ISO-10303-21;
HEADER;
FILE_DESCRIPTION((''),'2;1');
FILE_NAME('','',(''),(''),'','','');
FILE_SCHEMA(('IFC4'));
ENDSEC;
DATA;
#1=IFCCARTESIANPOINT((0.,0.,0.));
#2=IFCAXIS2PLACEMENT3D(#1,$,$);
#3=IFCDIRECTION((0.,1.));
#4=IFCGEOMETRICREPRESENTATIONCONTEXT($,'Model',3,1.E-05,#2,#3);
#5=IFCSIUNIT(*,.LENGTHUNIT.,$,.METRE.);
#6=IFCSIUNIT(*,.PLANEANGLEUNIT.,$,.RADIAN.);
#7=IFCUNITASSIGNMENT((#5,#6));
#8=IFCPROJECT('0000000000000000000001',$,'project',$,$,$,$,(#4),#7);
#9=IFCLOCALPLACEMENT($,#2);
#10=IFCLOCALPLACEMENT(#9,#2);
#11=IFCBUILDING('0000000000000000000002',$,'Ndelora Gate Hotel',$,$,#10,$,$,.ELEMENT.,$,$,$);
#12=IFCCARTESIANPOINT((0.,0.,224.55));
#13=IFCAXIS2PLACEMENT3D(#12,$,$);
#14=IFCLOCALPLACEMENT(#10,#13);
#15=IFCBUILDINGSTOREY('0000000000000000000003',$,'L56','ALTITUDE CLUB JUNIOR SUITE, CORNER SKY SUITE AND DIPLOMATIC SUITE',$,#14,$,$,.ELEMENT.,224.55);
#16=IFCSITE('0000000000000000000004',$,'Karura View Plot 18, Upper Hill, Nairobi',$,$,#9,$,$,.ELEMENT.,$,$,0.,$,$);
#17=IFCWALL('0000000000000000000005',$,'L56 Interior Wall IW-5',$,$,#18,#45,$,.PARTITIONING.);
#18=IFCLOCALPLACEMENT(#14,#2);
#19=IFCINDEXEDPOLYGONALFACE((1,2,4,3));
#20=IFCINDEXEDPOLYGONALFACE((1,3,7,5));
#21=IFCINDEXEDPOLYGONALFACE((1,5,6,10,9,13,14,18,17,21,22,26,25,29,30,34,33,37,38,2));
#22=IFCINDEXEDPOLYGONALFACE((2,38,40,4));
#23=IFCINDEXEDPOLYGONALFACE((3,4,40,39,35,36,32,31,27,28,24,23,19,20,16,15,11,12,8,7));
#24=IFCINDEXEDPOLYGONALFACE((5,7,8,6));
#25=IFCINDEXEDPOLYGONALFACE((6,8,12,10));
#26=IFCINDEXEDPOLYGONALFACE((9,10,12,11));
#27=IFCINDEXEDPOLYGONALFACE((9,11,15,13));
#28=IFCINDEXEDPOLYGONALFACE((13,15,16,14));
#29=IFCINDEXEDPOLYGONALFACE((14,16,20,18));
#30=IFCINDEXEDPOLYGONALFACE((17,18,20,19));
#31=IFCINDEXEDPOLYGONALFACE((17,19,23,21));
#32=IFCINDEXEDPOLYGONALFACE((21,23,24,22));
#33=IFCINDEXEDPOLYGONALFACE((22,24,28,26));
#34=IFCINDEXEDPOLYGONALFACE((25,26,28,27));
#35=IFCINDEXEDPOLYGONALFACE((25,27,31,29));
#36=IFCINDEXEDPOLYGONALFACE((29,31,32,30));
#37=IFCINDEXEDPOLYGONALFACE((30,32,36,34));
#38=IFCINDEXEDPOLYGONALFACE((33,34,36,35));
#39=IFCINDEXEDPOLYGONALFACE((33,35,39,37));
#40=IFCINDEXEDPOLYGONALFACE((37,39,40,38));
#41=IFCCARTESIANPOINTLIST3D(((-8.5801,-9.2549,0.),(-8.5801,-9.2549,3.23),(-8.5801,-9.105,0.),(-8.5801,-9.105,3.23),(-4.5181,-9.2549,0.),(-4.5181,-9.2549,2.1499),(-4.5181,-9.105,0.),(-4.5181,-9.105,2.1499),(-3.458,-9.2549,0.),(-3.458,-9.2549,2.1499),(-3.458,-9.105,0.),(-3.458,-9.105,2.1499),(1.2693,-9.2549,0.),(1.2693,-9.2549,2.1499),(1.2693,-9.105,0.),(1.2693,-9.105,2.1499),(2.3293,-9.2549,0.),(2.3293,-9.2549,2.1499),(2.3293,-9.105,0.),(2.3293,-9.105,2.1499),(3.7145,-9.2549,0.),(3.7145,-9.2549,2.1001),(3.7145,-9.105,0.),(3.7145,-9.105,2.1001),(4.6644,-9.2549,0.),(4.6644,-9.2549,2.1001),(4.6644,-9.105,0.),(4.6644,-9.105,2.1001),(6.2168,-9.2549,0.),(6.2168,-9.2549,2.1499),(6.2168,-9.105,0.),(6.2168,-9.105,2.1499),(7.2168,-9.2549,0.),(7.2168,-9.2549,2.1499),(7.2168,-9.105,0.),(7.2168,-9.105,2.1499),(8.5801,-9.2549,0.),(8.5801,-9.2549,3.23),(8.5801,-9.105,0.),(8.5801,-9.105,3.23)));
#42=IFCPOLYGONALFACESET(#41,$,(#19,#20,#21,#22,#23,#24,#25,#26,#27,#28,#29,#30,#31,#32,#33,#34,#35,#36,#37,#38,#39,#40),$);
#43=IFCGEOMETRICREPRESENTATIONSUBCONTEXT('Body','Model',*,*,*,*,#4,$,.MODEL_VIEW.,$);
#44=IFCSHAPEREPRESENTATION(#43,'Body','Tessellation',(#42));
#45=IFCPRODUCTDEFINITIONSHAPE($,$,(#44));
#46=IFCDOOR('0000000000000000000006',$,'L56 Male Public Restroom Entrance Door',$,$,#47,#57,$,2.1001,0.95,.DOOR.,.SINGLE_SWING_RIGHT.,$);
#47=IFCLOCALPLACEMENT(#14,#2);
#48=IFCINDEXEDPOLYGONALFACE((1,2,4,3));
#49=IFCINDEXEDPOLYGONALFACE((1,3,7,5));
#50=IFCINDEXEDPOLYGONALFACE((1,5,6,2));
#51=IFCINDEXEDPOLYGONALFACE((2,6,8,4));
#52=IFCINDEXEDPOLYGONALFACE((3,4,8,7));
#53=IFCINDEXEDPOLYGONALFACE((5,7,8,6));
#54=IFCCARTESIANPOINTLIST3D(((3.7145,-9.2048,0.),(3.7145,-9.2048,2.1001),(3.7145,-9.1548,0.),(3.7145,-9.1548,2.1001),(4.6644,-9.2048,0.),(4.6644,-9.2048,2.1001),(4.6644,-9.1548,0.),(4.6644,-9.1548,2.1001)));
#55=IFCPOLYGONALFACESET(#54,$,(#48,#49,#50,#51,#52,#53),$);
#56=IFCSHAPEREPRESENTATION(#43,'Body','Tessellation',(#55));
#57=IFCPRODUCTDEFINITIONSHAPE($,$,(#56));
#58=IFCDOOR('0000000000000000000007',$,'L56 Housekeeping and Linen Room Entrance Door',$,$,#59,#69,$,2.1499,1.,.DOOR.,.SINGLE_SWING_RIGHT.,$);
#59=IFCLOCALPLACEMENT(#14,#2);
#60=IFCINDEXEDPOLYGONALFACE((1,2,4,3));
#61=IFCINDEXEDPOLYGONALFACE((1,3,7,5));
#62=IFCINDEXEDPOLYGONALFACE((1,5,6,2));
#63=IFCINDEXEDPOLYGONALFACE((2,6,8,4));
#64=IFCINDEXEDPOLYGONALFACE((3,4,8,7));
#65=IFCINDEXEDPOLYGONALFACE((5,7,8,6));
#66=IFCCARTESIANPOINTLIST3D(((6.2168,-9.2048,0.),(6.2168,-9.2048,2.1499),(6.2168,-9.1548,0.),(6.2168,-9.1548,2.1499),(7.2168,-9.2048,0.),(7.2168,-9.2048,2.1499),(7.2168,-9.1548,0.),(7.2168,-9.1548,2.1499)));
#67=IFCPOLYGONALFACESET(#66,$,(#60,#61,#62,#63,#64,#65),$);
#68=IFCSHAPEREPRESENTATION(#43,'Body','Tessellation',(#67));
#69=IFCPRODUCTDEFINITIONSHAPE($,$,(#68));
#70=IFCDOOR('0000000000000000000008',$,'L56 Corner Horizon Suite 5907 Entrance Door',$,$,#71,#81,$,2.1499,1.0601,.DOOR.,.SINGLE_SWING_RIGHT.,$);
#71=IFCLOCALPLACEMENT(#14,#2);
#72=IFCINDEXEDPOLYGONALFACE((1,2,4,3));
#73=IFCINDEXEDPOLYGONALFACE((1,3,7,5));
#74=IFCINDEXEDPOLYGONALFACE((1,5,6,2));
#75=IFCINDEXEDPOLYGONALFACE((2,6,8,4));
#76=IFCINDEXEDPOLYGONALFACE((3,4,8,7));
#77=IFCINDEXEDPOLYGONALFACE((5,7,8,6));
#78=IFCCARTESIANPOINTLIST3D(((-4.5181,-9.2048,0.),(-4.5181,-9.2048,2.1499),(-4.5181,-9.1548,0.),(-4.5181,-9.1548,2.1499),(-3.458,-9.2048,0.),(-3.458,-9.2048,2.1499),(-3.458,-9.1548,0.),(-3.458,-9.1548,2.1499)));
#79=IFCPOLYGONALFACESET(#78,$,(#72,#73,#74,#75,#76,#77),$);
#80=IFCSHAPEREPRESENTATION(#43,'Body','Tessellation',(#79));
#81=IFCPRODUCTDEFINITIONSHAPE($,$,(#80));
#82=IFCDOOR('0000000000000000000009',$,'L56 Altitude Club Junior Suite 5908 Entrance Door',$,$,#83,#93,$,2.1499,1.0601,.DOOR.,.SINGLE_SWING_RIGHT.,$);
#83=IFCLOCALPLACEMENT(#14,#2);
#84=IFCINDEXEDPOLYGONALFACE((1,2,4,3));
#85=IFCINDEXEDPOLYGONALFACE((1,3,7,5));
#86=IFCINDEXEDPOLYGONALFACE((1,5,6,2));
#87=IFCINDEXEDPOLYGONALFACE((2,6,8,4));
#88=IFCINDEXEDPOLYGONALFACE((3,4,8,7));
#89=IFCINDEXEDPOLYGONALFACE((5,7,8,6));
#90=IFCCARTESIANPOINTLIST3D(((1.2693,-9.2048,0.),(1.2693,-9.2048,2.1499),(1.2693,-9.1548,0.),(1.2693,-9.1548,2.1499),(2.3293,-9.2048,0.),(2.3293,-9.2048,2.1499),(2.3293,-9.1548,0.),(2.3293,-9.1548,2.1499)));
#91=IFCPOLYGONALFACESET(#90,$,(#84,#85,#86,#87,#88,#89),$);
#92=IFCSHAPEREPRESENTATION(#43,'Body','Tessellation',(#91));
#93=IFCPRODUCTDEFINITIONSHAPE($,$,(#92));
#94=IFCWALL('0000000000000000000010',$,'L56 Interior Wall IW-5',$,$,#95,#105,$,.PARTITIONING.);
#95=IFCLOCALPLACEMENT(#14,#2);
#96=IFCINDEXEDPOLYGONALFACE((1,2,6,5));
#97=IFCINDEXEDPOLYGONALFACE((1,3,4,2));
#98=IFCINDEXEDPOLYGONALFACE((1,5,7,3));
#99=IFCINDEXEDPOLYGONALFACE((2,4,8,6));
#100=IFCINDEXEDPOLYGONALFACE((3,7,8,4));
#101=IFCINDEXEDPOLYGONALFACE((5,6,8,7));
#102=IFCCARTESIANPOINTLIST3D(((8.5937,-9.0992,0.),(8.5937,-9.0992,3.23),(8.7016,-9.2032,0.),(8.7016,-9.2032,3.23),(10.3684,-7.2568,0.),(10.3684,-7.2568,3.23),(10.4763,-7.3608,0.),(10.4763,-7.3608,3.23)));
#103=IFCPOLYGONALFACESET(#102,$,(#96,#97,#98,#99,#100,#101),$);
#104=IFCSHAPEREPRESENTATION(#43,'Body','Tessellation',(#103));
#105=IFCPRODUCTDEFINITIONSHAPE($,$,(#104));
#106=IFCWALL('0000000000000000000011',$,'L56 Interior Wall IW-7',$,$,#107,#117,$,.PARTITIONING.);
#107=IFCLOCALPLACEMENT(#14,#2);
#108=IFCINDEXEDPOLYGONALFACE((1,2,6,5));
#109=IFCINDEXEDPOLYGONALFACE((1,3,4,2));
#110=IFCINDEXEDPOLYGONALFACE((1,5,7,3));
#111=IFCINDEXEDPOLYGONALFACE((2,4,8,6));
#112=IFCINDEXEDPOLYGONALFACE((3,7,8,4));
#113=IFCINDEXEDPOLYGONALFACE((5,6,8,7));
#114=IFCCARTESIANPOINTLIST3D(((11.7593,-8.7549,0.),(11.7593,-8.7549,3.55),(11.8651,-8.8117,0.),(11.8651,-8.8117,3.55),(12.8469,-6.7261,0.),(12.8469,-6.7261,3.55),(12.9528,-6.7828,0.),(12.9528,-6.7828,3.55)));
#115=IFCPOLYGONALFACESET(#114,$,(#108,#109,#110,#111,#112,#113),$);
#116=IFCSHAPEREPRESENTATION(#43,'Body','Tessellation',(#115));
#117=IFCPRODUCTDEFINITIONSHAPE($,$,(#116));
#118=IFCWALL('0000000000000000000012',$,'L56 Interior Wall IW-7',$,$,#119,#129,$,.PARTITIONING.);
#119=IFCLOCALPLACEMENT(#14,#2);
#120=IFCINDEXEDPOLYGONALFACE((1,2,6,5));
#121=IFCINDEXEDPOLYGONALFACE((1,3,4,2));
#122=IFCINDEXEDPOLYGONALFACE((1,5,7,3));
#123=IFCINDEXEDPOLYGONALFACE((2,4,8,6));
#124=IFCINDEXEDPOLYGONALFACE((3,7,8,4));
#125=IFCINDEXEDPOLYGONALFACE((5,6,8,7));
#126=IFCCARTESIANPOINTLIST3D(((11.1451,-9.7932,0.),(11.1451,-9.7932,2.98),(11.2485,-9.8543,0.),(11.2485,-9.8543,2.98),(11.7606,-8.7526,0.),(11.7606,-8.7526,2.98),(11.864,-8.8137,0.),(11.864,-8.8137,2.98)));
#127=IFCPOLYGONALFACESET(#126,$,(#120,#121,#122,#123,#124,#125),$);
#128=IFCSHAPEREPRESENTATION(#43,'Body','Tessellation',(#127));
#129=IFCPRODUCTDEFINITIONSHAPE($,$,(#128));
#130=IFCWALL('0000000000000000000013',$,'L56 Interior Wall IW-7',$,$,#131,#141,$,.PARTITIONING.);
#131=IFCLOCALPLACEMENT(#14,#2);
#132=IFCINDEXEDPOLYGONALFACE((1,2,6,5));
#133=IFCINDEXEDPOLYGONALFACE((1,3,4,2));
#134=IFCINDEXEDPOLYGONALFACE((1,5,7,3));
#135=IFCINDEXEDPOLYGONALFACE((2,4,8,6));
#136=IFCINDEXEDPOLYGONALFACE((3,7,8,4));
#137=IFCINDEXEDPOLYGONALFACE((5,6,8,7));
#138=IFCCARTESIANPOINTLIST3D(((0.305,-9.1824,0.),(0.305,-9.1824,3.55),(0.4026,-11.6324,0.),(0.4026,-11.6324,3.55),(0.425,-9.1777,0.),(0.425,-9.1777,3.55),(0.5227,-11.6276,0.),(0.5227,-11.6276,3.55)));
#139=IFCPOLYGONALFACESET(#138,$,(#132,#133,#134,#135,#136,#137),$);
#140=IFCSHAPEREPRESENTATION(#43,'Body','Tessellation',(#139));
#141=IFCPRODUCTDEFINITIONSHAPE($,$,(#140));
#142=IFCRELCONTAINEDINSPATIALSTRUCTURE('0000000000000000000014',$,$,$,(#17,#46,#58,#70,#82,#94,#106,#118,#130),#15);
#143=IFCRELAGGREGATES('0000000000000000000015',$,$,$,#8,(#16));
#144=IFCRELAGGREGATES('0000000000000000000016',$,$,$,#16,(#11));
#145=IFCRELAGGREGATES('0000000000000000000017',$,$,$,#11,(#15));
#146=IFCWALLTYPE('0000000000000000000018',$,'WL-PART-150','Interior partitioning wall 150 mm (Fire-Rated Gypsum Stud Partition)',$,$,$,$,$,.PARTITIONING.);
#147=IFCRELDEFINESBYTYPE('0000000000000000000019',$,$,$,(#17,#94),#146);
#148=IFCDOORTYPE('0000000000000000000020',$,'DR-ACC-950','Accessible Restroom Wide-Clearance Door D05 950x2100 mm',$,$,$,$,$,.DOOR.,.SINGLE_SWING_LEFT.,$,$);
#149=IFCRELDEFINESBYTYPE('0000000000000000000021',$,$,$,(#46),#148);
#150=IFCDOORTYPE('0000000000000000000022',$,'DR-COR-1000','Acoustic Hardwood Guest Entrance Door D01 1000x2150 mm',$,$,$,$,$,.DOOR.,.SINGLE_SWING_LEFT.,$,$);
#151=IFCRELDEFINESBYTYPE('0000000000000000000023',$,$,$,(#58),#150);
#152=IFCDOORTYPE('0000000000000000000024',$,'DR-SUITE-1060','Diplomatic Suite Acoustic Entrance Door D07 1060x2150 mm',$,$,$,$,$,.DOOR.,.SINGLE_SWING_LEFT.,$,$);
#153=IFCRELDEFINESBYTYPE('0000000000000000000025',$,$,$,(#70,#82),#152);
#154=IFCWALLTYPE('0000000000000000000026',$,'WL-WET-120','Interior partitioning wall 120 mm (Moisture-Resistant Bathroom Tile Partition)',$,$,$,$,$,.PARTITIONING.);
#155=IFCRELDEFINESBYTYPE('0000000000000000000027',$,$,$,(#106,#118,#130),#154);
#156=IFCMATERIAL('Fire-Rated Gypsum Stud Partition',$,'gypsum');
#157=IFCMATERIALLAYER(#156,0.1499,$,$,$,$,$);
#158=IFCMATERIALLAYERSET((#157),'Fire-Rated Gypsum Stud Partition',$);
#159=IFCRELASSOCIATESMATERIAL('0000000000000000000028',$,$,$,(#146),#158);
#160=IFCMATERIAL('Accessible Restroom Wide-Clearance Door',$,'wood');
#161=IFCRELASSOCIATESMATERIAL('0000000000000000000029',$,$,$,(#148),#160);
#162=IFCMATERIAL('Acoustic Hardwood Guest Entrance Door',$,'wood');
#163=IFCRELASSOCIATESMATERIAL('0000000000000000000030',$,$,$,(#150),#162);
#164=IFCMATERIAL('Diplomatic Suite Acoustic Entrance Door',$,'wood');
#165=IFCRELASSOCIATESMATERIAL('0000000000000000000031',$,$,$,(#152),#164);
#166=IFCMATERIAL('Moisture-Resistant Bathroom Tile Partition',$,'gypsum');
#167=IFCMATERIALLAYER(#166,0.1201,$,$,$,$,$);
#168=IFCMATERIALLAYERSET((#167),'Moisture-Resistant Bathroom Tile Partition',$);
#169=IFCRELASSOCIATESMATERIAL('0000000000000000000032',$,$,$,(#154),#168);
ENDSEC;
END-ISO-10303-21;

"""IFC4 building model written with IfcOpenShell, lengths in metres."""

from ifc_helpers import new_model, si_unit, direction, frame, frame_2d, origin, place, context, subcontext, project, spatial, rectangle, extrude, material, layer, layer_set, type_object, element, fill, save


model = new_model("IFC4")

# Units and contexts
model_context = context("Model", 3, precision=1e-05, world=origin(), true_north=direction((0.0, 1.0)))
body_context = subcontext(model_context, "Body", "Model", "MODEL_VIEW")
ifc_project = project(units=[si_unit("LENGTHUNIT", "METRE"), si_unit("PLANEANGLEUNIT", "RADIAN")], contexts=[model_context])

# Site, building, storey
site_placement = place(None, origin())
site = spatial("IfcSite", under=ifc_project, at=site_placement, Name="Karura View Plot 18, Upper Hill, Nairobi", CompositionType="ELEMENT", RefElevation=0.0)
building_placement = place(site_placement, origin())
building = spatial("IfcBuilding", under=site, at=building_placement, Name="Ndelora Gate Hotel", CompositionType="ELEMENT")
storey_placement = place(building_placement, frame((0.0, 0.0, 224.55)))
storey = spatial("IfcBuildingStorey", under=building, at=storey_placement, Name="L56", Description="ALTITUDE CLUB JUNIOR SUITE, CORNER SKY SUITE AND DIPLOMATIC SUITE", CompositionType="ELEMENT", Elevation=224.55)

# Wall, openings, doors
ifc_material_1 = material(Name="Fire-Rated Gypsum Stud Partition", Category="gypsum")
ifc_layer_1 = layer(ifc_material_1, 0.1499)
ifc_layer_set_1 = layer_set([ifc_layer_1], Name="Fire-Rated Gypsum Stud Partition")
wall_type_1 = type_object("IfcWallType", Name="WL-PART-150", Description="Interior partitioning wall 150 mm (Fire-Rated Gypsum Stud Partition)", PredefinedType="PARTITIONING", material=ifc_layer_set_1)
wall_1_placement = place(storey_placement, frame((8.5801, -9.1799, 0.0), z_axis=(0.0, 0.0, 1.0), x_axis=(-1.0, 0.0, 0.0)))
wall_1 = element("IfcWall", 1, at=wall_1_placement, inside=storey, type_object=wall_type_1, Name="L56 Interior Wall IW-5", PredefinedType="PARTITIONING", context=body_context, shape_type="SweptSolid", body=[
    extrude(rectangle(XDim=17.1602, YDim=0.1499, at=frame_2d((8.5801, 0.0))), origin(), (0.0, 0.0, 1.0), 3.23),
])
opening_1_placement = place(wall_1_placement, frame((3.9155, 0.0, 0.0)))
opening_1 = element("IfcOpeningElement", 2, at=opening_1_placement, cuts=wall_1, PredefinedType="OPENING", context=body_context, shape_type="SweptSolid", body=[
    extrude(rectangle(XDim=0.95, YDim=2.1001, at=frame_2d((0.4751, 1.05))), frame((0.0, 0.085, 0.0), z_axis=(0.0, -1.0, 0.0), x_axis=(1.0, 0.0, 0.0)), (0.0, 0.0, 1.0), 0.1699),
])
opening_2_placement = place(wall_1_placement, frame((1.3633, 0.0, 0.0)))
opening_2 = element("IfcOpeningElement", 3, at=opening_2_placement, cuts=wall_1, PredefinedType="OPENING", context=body_context, shape_type="SweptSolid", body=[
    extrude(rectangle(XDim=1.0, YDim=2.1499, at=frame_2d((0.5, 1.075))), frame((0.0, 0.085, 0.0), z_axis=(0.0, -1.0, 0.0), x_axis=(1.0, 0.0, 0.0)), (0.0, 0.0, 1.0), 0.1699),
])
opening_3_placement = place(wall_1_placement, frame((12.0381, 0.0, 0.0)))
opening_3 = element("IfcOpeningElement", 4, at=opening_3_placement, cuts=wall_1, PredefinedType="OPENING", context=body_context, shape_type="SweptSolid", body=[
    extrude(rectangle(XDim=1.0601, YDim=2.1499, at=frame_2d((0.53, 1.075))), frame((0.0, 0.085, 0.0), z_axis=(0.0, -1.0, 0.0), x_axis=(1.0, 0.0, 0.0)), (0.0, 0.0, 1.0), 0.1699),
])
opening_4_placement = place(wall_1_placement, frame((6.2507, 0.0, 0.0)))
opening_4 = element("IfcOpeningElement", 5, at=opening_4_placement, cuts=wall_1, PredefinedType="OPENING", context=body_context, shape_type="SweptSolid", body=[
    extrude(rectangle(XDim=1.0601, YDim=2.1499, at=frame_2d((0.53, 1.075))), frame((0.0, 0.085, 0.0), z_axis=(0.0, -1.0, 0.0), x_axis=(1.0, 0.0, 0.0)), (0.0, 0.0, 1.0), 0.1699),
])
ifc_material_2 = material(Name="Accessible Restroom Wide-Clearance Door", Category="wood")
door_type_1 = type_object("IfcDoorType", Name="DR-ACC-950", Description="Accessible Restroom Wide-Clearance Door D05 950x2100 mm", OperationType="SINGLE_SWING_LEFT", PredefinedType="DOOR", material=ifc_material_2)
door_1_placement = place(opening_1_placement, origin())
door_1 = element("IfcDoor", 6, at=door_1_placement, inside=storey, type_object=door_type_1, Name="L56 Male Public Restroom Entrance Door", OperationType="SINGLE_SWING_RIGHT", OverallHeight=2.1001, OverallWidth=0.95, PredefinedType="DOOR", context=body_context, shape_type="SweptSolid", body=[
    extrude(rectangle(XDim=0.95, YDim=2.1001, at=frame_2d((0.4751, 1.05))), frame((0.0, 0.0249, 0.0), z_axis=(0.0, -1.0, 0.0), x_axis=(1.0, 0.0, 0.0)), (0.0, 0.0, 1.0), 0.05),
])
fill(opening_1, door_1)
ifc_material_3 = material(Name="Acoustic Hardwood Guest Entrance Door", Category="wood")
door_type_2 = type_object("IfcDoorType", Name="DR-COR-1000", Description="Acoustic Hardwood Guest Entrance Door D01 1000x2150 mm", OperationType="SINGLE_SWING_LEFT", PredefinedType="DOOR", material=ifc_material_3)
door_2_placement = place(opening_2_placement, origin())
door_2 = element("IfcDoor", 7, at=door_2_placement, inside=storey, type_object=door_type_2, Name="L56 Housekeeping and Linen Room Entrance Door", OperationType="SINGLE_SWING_RIGHT", OverallHeight=2.1499, OverallWidth=1.0, PredefinedType="DOOR", context=body_context, shape_type="SweptSolid", body=[
    extrude(rectangle(XDim=1.0, YDim=2.1499, at=frame_2d((0.5, 1.075))), frame((0.0, 0.0249, 0.0), z_axis=(0.0, -1.0, 0.0), x_axis=(1.0, 0.0, 0.0)), (0.0, 0.0, 1.0), 0.05),
])
fill(opening_2, door_2)
ifc_material_4 = material(Name="Diplomatic Suite Acoustic Entrance Door", Category="wood")
door_type_3 = type_object("IfcDoorType", Name="DR-SUITE-1060", Description="Diplomatic Suite Acoustic Entrance Door D07 1060x2150 mm", OperationType="SINGLE_SWING_LEFT", PredefinedType="DOOR", material=ifc_material_4)
door_3_placement = place(opening_3_placement, origin())
door_3 = element("IfcDoor", 8, at=door_3_placement, inside=storey, type_object=door_type_3, Name="L56 Corner Horizon Suite 5907 Entrance Door", OperationType="SINGLE_SWING_RIGHT", OverallHeight=2.1499, OverallWidth=1.0601, PredefinedType="DOOR", context=body_context, shape_type="SweptSolid", body=[
    extrude(rectangle(XDim=1.0601, YDim=2.1499, at=frame_2d((0.53, 1.075))), frame((0.0, 0.0249, 0.0), z_axis=(0.0, -1.0, 0.0), x_axis=(1.0, 0.0, 0.0)), (0.0, 0.0, 1.0), 0.05),
])
fill(opening_3, door_3)
door_4_placement = place(opening_4_placement, origin())
door_4 = element("IfcDoor", 9, at=door_4_placement, inside=storey, type_object=door_type_3, Name="L56 Altitude Club Junior Suite 5908 Entrance Door", OperationType="SINGLE_SWING_RIGHT", OverallHeight=2.1499, OverallWidth=1.0601, PredefinedType="DOOR", context=body_context, shape_type="SweptSolid", body=[
    extrude(rectangle(XDim=1.0601, YDim=2.1499, at=frame_2d((0.53, 1.075))), frame((0.0, 0.0249, 0.0), z_axis=(0.0, -1.0, 0.0), x_axis=(1.0, 0.0, 0.0)), (0.0, 0.0, 1.0), 0.05),
])
fill(opening_4, door_4)

# Walls
wall_2_placement = place(storey_placement, frame((10.4224, -7.3088, 0.0), z_axis=(0.0, 0.0, 1.0), x_axis=(-0.693765, -0.720202, 0.0)))
element("IfcWall", 10, at=wall_2_placement, inside=storey, type_object=wall_type_1, Name="L56 Interior Wall IW-5", PredefinedType="PARTITIONING", context=body_context, shape_type="SweptSolid", body=[
    extrude(rectangle(XDim=2.5581, YDim=0.1499, at=frame_2d((1.2791, 0.0))), origin(), (0.0, 0.0, 1.0), 3.23),
])
ifc_material_5 = material(Name="Moisture-Resistant Bathroom Tile Partition", Category="gypsum")
ifc_layer_2 = layer(ifc_material_5, 0.1201)
ifc_layer_set_2 = layer_set([ifc_layer_2], Name="Moisture-Resistant Bathroom Tile Partition")
wall_type_2 = type_object("IfcWallType", Name="WL-WET-120", Description="Interior partitioning wall 120 mm (Moisture-Resistant Bathroom Tile Partition)", PredefinedType="PARTITIONING", material=ifc_layer_set_2)
wall_3_placement = place(storey_placement, frame((11.8123, -8.7832, 0.0), z_axis=(0.0, 0.0, 1.0), x_axis=(0.472486, 0.881338, 0.0)))
element("IfcWall", 11, at=wall_3_placement, inside=storey, type_object=wall_type_2, Name="L56 Interior Wall IW-7", PredefinedType="PARTITIONING", context=body_context, shape_type="SweptSolid", body=[
    extrude(rectangle(XDim=2.302, YDim=0.1201, at=frame_2d((1.1509, 0.0))), origin(), (0.0, 0.0, 1.0), 3.55),
])
wall_4_placement = place(storey_placement, frame((11.1968, -9.8237, 0.0), z_axis=(0.0, 0.0, 1.0), x_axis=(0.50911, 0.860701, 0.0)))
element("IfcWall", 12, at=wall_4_placement, inside=storey, type_object=wall_type_2, Name="L56 Interior Wall IW-7", PredefinedType="PARTITIONING", context=body_context, shape_type="SweptSolid", body=[
    extrude(rectangle(XDim=1.209, YDim=0.1201, at=frame_2d((0.6045, 0.0))), origin(), (0.0, 0.0, 1.0), 2.98),
])
wall_5_placement = place(storey_placement, frame((0.365, -9.1799, 0.0), z_axis=(0.0, 0.0, 1.0), x_axis=(0.039829, -0.999207, 0.0)))
element("IfcWall", 13, at=wall_5_placement, inside=storey, type_object=wall_type_2, Name="L56 Interior Wall IW-7", PredefinedType="PARTITIONING", context=body_context, shape_type="SweptSolid", body=[
    extrude(rectangle(XDim=2.4519, YDim=0.1201, at=frame_2d((1.2261, 0.0))), origin(), (0.0, 0.0, 1.0), 3.55),
])

save(model, "model.ifc")
